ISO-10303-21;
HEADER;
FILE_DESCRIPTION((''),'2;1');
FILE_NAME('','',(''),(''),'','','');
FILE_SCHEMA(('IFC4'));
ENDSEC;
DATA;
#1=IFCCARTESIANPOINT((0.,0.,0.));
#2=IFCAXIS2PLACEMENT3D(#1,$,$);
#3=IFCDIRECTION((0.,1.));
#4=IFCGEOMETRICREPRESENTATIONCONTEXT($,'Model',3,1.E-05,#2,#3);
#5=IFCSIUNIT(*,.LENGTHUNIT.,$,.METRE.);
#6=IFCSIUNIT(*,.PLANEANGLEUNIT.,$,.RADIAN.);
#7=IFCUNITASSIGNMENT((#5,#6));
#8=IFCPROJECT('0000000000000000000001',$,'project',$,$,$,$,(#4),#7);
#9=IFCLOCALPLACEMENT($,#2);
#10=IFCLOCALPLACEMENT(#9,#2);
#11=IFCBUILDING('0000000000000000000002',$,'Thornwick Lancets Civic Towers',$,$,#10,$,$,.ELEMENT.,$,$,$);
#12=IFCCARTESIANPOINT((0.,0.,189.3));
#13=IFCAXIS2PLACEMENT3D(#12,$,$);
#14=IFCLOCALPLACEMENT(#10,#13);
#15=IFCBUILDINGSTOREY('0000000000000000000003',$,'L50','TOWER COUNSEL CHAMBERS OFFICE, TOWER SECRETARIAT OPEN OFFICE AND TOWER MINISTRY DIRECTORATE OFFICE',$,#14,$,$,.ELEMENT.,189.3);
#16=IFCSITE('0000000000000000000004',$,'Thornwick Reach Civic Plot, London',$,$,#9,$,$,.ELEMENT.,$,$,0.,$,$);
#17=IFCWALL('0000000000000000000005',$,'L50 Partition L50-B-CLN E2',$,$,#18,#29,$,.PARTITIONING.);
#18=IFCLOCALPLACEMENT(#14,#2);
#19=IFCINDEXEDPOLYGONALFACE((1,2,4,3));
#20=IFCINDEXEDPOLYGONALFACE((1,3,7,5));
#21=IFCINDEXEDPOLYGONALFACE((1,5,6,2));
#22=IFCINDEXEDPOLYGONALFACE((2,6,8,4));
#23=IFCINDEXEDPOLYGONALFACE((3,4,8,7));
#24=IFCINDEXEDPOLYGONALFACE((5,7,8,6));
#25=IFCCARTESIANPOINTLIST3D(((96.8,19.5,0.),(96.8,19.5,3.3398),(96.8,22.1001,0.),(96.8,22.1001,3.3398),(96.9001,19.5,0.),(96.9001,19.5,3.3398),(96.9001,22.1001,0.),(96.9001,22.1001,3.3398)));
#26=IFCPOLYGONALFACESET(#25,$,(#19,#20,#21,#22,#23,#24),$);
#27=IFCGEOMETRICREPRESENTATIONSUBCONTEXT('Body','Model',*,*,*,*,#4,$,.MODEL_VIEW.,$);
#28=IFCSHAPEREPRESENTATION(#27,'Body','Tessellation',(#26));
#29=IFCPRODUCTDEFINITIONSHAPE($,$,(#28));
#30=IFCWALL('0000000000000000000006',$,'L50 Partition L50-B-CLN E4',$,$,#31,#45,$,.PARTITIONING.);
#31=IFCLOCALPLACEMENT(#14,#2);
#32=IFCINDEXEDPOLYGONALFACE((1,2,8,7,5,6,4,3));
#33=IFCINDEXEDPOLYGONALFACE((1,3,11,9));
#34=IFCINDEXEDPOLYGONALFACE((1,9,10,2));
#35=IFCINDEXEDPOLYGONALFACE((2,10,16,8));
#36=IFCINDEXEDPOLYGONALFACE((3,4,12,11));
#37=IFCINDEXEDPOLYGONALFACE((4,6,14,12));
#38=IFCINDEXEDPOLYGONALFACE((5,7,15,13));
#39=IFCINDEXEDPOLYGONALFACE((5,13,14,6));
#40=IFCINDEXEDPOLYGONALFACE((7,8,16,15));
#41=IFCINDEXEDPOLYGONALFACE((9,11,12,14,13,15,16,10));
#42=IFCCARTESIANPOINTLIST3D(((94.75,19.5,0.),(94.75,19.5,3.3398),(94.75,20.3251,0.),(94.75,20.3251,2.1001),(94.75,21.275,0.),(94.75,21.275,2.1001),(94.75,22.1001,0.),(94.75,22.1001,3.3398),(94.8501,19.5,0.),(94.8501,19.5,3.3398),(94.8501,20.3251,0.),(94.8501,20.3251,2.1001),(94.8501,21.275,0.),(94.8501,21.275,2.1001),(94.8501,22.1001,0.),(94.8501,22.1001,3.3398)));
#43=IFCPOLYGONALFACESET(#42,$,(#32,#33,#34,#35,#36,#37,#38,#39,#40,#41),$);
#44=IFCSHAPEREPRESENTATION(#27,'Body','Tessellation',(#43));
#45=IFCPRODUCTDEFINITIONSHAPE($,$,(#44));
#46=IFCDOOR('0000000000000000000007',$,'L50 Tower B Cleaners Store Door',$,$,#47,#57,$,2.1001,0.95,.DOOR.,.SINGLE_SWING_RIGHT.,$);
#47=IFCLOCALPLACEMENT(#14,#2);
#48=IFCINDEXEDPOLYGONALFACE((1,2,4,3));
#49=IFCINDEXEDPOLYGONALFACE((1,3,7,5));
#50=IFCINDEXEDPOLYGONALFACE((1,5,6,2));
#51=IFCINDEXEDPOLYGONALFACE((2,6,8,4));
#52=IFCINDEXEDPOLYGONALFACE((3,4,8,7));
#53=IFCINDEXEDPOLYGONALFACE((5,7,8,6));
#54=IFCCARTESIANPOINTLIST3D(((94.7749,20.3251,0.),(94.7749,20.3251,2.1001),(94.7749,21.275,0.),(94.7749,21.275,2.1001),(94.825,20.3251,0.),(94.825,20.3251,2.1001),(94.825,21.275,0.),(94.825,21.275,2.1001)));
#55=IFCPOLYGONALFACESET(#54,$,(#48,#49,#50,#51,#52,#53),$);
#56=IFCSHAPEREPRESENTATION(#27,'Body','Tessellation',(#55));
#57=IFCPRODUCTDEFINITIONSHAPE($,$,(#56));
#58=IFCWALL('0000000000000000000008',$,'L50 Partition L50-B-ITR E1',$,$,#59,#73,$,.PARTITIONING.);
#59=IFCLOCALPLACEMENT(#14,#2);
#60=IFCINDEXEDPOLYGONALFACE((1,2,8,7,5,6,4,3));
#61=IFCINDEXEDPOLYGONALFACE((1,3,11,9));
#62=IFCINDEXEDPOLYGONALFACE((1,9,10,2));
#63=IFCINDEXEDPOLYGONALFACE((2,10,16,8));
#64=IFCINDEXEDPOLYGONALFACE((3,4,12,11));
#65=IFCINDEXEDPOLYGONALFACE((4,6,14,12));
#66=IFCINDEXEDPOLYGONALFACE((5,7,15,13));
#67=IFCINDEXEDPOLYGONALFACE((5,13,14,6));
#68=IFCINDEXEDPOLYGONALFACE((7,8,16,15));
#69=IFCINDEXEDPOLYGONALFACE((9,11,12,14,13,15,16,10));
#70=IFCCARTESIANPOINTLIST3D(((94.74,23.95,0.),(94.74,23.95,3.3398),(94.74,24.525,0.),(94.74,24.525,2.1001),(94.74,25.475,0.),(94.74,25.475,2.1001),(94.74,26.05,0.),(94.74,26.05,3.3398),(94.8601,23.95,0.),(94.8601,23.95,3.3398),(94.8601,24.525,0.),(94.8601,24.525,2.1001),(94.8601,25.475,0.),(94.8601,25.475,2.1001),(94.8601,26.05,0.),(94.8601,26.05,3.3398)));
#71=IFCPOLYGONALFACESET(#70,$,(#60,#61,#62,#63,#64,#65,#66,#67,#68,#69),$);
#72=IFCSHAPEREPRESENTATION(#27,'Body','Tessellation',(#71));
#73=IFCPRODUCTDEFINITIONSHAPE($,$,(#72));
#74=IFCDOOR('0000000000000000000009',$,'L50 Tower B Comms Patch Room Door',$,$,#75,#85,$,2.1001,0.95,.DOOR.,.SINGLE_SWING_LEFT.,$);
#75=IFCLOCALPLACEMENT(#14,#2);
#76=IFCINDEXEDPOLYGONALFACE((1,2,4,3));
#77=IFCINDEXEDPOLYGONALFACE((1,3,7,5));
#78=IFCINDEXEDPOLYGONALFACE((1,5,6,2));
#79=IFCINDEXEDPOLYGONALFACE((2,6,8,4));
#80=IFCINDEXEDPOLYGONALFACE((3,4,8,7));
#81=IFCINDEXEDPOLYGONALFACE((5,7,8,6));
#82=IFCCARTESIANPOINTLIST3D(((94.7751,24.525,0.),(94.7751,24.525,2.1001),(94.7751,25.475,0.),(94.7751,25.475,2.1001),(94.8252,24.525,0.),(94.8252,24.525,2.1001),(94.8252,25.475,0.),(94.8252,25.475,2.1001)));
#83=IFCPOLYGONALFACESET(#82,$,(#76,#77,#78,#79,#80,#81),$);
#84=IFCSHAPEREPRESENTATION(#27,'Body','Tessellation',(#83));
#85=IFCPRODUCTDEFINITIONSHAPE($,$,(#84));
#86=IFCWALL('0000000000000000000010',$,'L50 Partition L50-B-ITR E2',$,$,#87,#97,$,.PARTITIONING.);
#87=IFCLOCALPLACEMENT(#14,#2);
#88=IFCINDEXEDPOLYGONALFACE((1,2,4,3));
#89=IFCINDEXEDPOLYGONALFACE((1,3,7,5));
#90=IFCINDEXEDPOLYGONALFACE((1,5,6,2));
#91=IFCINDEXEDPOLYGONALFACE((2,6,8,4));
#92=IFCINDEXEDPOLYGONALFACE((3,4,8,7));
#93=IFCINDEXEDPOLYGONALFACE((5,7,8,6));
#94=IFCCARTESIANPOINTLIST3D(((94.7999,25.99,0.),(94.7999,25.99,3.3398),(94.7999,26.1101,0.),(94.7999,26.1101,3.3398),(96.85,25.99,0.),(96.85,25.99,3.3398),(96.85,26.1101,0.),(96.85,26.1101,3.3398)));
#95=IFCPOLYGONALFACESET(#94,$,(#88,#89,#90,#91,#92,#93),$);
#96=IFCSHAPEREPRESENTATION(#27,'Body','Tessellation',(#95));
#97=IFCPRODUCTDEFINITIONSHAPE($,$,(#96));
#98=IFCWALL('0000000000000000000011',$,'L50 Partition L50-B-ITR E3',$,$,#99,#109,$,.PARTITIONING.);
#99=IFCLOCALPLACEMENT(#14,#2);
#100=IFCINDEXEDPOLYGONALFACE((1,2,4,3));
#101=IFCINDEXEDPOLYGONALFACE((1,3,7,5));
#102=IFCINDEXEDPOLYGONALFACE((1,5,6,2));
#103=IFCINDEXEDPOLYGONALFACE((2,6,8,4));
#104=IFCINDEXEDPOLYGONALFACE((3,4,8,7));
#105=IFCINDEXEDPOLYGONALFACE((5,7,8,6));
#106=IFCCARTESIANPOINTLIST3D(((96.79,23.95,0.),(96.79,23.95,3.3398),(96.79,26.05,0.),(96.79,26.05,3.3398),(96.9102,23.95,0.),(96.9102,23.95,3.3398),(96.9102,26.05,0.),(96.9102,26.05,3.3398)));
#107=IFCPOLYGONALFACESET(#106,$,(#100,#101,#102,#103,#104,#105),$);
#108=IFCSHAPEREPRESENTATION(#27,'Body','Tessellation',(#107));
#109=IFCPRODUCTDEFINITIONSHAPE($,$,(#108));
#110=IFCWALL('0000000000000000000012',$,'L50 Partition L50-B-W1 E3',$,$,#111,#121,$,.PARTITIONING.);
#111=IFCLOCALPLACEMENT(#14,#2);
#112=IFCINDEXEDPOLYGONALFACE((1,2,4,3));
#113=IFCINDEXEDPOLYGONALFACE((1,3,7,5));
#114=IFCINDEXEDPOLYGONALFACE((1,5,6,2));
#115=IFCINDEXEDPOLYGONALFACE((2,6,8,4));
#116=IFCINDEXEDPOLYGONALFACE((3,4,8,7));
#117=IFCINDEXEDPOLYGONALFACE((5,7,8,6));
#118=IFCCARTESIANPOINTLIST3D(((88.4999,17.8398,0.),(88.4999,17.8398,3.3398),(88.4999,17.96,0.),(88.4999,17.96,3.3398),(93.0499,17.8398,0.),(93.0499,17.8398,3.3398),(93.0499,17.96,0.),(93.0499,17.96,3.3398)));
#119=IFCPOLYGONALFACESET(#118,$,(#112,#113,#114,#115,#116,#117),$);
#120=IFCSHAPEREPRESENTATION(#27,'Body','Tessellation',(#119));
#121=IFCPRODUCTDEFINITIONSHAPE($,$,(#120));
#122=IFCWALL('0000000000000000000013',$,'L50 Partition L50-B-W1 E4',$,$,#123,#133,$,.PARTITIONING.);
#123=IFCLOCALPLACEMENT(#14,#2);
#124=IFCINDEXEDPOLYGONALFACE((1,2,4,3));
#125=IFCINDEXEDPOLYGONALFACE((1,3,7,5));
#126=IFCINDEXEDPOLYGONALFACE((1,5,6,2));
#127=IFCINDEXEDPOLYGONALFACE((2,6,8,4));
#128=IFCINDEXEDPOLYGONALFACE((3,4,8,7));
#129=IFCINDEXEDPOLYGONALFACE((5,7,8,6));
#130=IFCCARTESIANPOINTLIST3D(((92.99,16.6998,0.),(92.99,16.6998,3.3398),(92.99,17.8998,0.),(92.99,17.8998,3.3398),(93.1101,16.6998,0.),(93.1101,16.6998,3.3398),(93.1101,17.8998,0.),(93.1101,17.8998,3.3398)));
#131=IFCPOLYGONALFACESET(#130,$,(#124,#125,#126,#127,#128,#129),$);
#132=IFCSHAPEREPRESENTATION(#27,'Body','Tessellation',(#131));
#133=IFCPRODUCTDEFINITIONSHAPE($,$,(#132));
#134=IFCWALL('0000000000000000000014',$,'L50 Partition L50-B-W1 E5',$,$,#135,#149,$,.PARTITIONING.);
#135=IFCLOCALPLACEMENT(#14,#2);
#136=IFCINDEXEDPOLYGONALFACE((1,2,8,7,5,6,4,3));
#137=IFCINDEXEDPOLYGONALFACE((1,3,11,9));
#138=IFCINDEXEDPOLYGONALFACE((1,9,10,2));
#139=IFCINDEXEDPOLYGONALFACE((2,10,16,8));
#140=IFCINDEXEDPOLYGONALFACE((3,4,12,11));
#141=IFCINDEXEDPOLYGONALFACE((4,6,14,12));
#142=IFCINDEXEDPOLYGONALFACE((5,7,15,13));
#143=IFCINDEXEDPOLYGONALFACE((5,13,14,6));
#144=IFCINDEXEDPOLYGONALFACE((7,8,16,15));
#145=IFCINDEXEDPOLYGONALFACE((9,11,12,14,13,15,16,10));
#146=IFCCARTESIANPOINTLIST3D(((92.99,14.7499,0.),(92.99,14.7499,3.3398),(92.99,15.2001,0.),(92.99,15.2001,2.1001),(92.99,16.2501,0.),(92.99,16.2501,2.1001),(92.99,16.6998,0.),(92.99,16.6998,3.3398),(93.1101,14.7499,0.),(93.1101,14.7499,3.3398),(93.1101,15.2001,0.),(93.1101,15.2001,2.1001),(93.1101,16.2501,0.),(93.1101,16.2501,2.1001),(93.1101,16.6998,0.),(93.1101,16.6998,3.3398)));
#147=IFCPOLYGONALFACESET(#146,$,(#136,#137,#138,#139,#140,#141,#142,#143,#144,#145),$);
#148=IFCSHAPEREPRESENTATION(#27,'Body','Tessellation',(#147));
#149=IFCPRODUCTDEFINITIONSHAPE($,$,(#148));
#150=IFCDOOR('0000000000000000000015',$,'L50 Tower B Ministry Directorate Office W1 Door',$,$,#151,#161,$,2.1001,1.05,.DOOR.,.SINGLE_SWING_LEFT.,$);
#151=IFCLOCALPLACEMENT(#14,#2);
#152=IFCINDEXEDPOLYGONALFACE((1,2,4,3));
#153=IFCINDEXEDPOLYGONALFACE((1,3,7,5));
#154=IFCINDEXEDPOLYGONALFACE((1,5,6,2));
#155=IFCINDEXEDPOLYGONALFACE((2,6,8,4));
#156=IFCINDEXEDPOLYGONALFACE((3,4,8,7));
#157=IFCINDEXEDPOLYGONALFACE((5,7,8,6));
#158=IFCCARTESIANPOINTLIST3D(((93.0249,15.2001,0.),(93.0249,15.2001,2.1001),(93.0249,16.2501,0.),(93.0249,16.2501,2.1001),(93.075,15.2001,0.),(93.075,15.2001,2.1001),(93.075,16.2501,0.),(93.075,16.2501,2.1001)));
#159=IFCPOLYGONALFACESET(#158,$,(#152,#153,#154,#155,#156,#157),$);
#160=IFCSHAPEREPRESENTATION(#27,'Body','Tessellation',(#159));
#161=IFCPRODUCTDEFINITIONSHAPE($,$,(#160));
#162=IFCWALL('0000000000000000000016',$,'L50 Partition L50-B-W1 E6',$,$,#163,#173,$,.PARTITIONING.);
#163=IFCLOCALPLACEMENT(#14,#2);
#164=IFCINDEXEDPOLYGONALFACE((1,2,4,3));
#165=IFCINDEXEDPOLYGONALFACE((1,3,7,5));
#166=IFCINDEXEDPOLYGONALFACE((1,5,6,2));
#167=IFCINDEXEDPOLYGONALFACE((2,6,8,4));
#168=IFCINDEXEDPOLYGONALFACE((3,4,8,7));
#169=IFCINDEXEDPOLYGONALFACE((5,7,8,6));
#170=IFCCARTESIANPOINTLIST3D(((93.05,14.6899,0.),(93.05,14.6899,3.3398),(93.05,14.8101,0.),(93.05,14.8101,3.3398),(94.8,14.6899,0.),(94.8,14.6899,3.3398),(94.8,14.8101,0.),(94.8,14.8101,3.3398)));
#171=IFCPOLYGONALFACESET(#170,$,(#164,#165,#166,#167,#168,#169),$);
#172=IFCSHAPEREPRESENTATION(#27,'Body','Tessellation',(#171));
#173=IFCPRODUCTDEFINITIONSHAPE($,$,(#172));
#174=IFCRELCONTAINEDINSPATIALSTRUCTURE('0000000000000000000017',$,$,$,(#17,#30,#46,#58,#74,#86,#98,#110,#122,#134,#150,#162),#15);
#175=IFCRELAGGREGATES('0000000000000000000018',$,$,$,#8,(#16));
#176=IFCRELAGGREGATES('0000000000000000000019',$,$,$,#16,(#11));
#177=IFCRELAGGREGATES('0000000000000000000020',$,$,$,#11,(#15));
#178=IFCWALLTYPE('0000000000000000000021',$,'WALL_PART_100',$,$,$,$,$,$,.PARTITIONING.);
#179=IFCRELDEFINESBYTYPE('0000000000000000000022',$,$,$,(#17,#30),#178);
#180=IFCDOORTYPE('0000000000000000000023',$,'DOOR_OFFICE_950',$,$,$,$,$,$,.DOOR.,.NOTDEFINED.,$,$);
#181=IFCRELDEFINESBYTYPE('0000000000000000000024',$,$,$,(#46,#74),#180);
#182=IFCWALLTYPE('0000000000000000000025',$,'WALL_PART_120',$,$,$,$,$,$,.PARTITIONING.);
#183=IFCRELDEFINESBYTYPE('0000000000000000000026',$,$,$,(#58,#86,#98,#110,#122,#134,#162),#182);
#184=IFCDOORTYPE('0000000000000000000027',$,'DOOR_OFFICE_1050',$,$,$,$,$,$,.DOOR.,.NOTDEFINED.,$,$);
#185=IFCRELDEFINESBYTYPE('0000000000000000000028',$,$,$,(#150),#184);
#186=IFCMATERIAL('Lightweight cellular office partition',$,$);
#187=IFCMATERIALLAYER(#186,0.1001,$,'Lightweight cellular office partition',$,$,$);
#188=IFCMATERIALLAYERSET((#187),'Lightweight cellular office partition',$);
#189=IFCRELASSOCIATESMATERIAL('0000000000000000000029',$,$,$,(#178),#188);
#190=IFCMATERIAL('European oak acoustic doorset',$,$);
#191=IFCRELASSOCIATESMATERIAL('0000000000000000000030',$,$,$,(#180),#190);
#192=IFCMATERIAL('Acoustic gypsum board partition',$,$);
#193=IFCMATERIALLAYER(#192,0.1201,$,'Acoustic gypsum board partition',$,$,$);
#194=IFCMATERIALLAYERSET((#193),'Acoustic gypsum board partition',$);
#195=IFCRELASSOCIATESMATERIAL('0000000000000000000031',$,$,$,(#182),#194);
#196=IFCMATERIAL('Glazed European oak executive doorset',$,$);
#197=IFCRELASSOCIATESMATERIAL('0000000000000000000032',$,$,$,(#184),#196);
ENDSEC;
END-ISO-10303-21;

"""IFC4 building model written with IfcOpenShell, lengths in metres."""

from ifc_helpers import new_model, si_unit, direction, frame, frame_2d, origin, place, context, subcontext, project, spatial, rectangle, extrude, material, layer, layer_set, type_object, element, fill, save


model = new_model("IFC4")

# Units and contexts
model_context = context("Model", 3, precision=1e-05, world=origin(), true_north=direction((0.0, 1.0)))
body_context = subcontext(model_context, "Body", "Model", "MODEL_VIEW")
ifc_project = project(units=[si_unit("LENGTHUNIT", "METRE"), si_unit("PLANEANGLEUNIT", "RADIAN")], contexts=[model_context])

# Site, building, storey
site_placement = place(None, origin())
site = spatial("IfcSite", under=ifc_project, at=site_placement, Name="Thornwick Reach Civic Plot, London", CompositionType="ELEMENT", RefElevation=0.0)
building_placement = place(site_placement, origin())
building = spatial("IfcBuilding", under=site, at=building_placement, Name="Thornwick Lancets Civic Towers", CompositionType="ELEMENT")
storey_placement = place(building_placement, frame((0.0, 0.0, 189.3)))
storey = spatial("IfcBuildingStorey", under=building, at=storey_placement, Name="L50", Description="TOWER COUNSEL CHAMBERS OFFICE, TOWER SECRETARIAT OPEN OFFICE AND TOWER MINISTRY DIRECTORATE OFFICE", CompositionType="ELEMENT", Elevation=189.3)

# Wall
ifc_material_1 = material(Name="Lightweight cellular office partition")
ifc_layer_1 = layer(ifc_material_1, 0.1001, Name="Lightweight cellular office partition")
ifc_layer_set_1 = layer_set([ifc_layer_1], Name="Lightweight cellular office partition")
wall_type_1 = type_object("IfcWallType", Name="WALL_PART_100", PredefinedType="PARTITIONING", material=ifc_layer_set_1)
wall_1_placement = place(storey_placement, frame((96.8501, 19.5, 0.0), z_axis=(0.0, 0.0, 1.0), x_axis=(0.0, 1.0, 0.0)))
element("IfcWall", 1, at=wall_1_placement, inside=storey, type_object=wall_type_1, Name="L50 Partition L50-B-CLN E2", PredefinedType="PARTITIONING", context=body_context, shape_type="SweptSolid", body=[
    extrude(rectangle(XDim=2.6001, YDim=0.1001, at=frame_2d((1.3, 0.0))), origin(), (0.0, 0.0, 1.0), 3.3398),
])

# Walls, openings, doors
wall_2_placement = place(storey_placement, frame((94.8, 22.1001, 0.0), z_axis=(0.0, 0.0, 1.0), x_axis=(0.0, -1.0, 0.0)))
wall_2 = element("IfcWall", 2, at=wall_2_placement, inside=storey, type_object=wall_type_1, Name="L50 Partition L50-B-CLN E4", PredefinedType="PARTITIONING", context=body_context, shape_type="SweptSolid", body=[
    extrude(rectangle(XDim=2.6001, YDim=0.1001, at=frame_2d((1.3, 0.0))), origin(), (0.0, 0.0, 1.0), 3.3398),
])
opening_1_placement = place(wall_2_placement, frame((0.825, 0.0, 0.0)))
opening_1 = element("IfcOpeningElement", 3, at=opening_1_placement, cuts=wall_2, PredefinedType="OPENING", context=body_context, shape_type="SweptSolid", body=[
    extrude(rectangle(XDim=0.95, YDim=2.1001, at=frame_2d((0.4751, 1.05))), frame((0.0, 0.0601, 0.0), z_axis=(0.0, -1.0, 0.0), x_axis=(1.0, 0.0, 0.0)), (0.0, 0.0, 1.0), 0.1201),
])
ifc_material_2 = material(Name="European oak acoustic doorset")
door_type_1 = type_object("IfcDoorType", Name="DOOR_OFFICE_950", OperationType="NOTDEFINED", PredefinedType="DOOR", material=ifc_material_2)
door_1_placement = place(opening_1_placement, origin())
door_1 = element("IfcDoor", 4, at=door_1_placement, inside=storey, type_object=door_type_1, Name="L50 Tower B Cleaners Store Door", OperationType="SINGLE_SWING_RIGHT", OverallHeight=2.1001, OverallWidth=0.95, PredefinedType="DOOR", context=body_context, shape_type="SweptSolid", body=[
    extrude(rectangle(XDim=0.95, YDim=2.1001, at=frame_2d((0.4751, 1.05))), frame((0.0, 0.0249, 0.0), z_axis=(0.0, -1.0, 0.0), x_axis=(1.0, 0.0, 0.0)), (0.0, 0.0, 1.0), 0.05),
])
fill(opening_1, door_1)
ifc_material_3 = material(Name="Acoustic gypsum board partition")
ifc_layer_2 = layer(ifc_material_3, 0.1201, Name="Acoustic gypsum board partition")
ifc_layer_set_2 = layer_set([ifc_layer_2], Name="Acoustic gypsum board partition")
wall_type_2 = type_object("IfcWallType", Name="WALL_PART_120", PredefinedType="PARTITIONING", material=ifc_layer_set_2)
wall_3_placement = place(storey_placement, frame((94.8, 23.95, 0.0), z_axis=(0.0, 0.0, 1.0), x_axis=(0.0, 1.0, 0.0)))
wall_3 = element("IfcWall", 5, at=wall_3_placement, inside=storey, type_object=wall_type_2, Name="L50 Partition L50-B-ITR E1", PredefinedType="PARTITIONING", context=body_context, shape_type="SweptSolid", body=[
    extrude(rectangle(XDim=2.1001, YDim=0.1201, at=frame_2d((1.05, 0.0))), origin(), (0.0, 0.0, 1.0), 3.3398),
])
opening_2_placement = place(wall_3_placement, frame((0.575, 0.0, 0.0)))
opening_2 = element("IfcOpeningElement", 6, at=opening_2_placement, cuts=wall_3, PredefinedType="OPENING", context=body_context, shape_type="SweptSolid", body=[
    extrude(rectangle(XDim=0.95, YDim=2.1001, at=frame_2d((0.4751, 1.05))), frame((0.0, 0.0701, 0.0), z_axis=(0.0, -1.0, 0.0), x_axis=(1.0, 0.0, 0.0)), (0.0, 0.0, 1.0), 0.1401),
])
door_2_placement = place(opening_2_placement, origin())
door_2 = element("IfcDoor", 7, at=door_2_placement, inside=storey, type_object=door_type_1, Name="L50 Tower B Comms Patch Room Door", OperationType="SINGLE_SWING_LEFT", OverallHeight=2.1001, OverallWidth=0.95, PredefinedType="DOOR", context=body_context, shape_type="SweptSolid", body=[
    extrude(rectangle(XDim=0.95, YDim=2.1001, at=frame_2d((0.4751, 1.05))), frame((0.0, 0.0249, 0.0), z_axis=(0.0, -1.0, 0.0), x_axis=(1.0, 0.0, 0.0)), (0.0, 0.0, 1.0), 0.05),
])
fill(opening_2, door_2)

# Walls
wall_4_placement = place(storey_placement, frame((94.8, 26.05, 0.0), z_axis=(0.0, 0.0, 1.0), x_axis=(1.0, 0.0, 0.0)))
element("IfcWall", 8, at=wall_4_placement, inside=storey, type_object=wall_type_2, Name="L50 Partition L50-B-ITR E2", PredefinedType="PARTITIONING", context=body_context, shape_type="SweptSolid", body=[
    extrude(rectangle(XDim=2.05, YDim=0.1201, at=frame_2d((1.0249, 0.0))), origin(), (0.0, 0.0, 1.0), 3.3398),
])
wall_5_placement = place(storey_placement, frame((96.8501, 26.05, 0.0), z_axis=(0.0, 0.0, 1.0), x_axis=(0.0, -1.0, 0.0)))
element("IfcWall", 9, at=wall_5_placement, inside=storey, type_object=wall_type_2, Name="L50 Partition L50-B-ITR E3", PredefinedType="PARTITIONING", context=body_context, shape_type="SweptSolid", body=[
    extrude(rectangle(XDim=2.1001, YDim=0.1201, at=frame_2d((1.05, 0.0))), origin(), (0.0, 0.0, 1.0), 3.3398),
])
wall_6_placement = place(storey_placement, frame((88.5, 17.8999, 0.0), z_axis=(0.0, 0.0, 1.0), x_axis=(1.0, 0.0, 0.0)))
element("IfcWall", 10, at=wall_6_placement, inside=storey, type_object=wall_type_2, Name="L50 Partition L50-B-W1 E3", PredefinedType="PARTITIONING", context=body_context, shape_type="SweptSolid", body=[
    extrude(rectangle(XDim=4.55, YDim=0.1201, at=frame_2d((2.2749, 0.0))), origin(), (0.0, 0.0, 1.0), 3.3398),
])
wall_7_placement = place(storey_placement, frame((93.05, 17.8999, 0.0), z_axis=(0.0, 0.0, 1.0), x_axis=(0.0, -1.0, 0.0)))
element("IfcWall", 11, at=wall_7_placement, inside=storey, type_object=wall_type_2, Name="L50 Partition L50-B-W1 E4", PredefinedType="PARTITIONING", context=body_context, shape_type="SweptSolid", body=[
    extrude(rectangle(XDim=1.2, YDim=0.1201, at=frame_2d((0.6001, 0.0))), origin(), (0.0, 0.0, 1.0), 3.3398),
])

# Wall, opening, door
wall_8_placement = place(storey_placement, frame((93.05, 16.7, 0.0), z_axis=(0.0, 0.0, 1.0), x_axis=(0.0, -1.0, 0.0)))
wall_8 = element("IfcWall", 12, at=wall_8_placement, inside=storey, type_object=wall_type_2, Name="L50 Partition L50-B-W1 E5", PredefinedType="PARTITIONING", context=body_context, shape_type="SweptSolid", body=[
    extrude(rectangle(XDim=1.95, YDim=0.1201, at=frame_2d((0.9751, 0.0))), origin(), (0.0, 0.0, 1.0), 3.3398),
])
opening_3_placement = place(wall_8_placement, frame((0.45, 0.0, 0.0)))
opening_3 = element("IfcOpeningElement", 13, at=opening_3_placement, cuts=wall_8, PredefinedType="OPENING", context=body_context, shape_type="SweptSolid", body=[
    extrude(rectangle(XDim=1.05, YDim=2.1001, at=frame_2d((0.5249, 1.05))), frame((0.0, 0.0701, 0.0), z_axis=(0.0, -1.0, 0.0), x_axis=(1.0, 0.0, 0.0)), (0.0, 0.0, 1.0), 0.1401),
])
ifc_material_4 = material(Name="Glazed European oak executive doorset")
door_type_2 = type_object("IfcDoorType", Name="DOOR_OFFICE_1050", OperationType="NOTDEFINED", PredefinedType="DOOR", material=ifc_material_4)
door_3_placement = place(opening_3_placement, origin())
door_3 = element("IfcDoor", 14, at=door_3_placement, inside=storey, type_object=door_type_2, Name="L50 Tower B Ministry Directorate Office W1 Door", OperationType="SINGLE_SWING_LEFT", OverallHeight=2.1001, OverallWidth=1.05, PredefinedType="DOOR", context=body_context, shape_type="SweptSolid", body=[
    extrude(rectangle(XDim=1.05, YDim=2.1001, at=frame_2d((0.5249, 1.05))), frame((0.0, 0.0249, 0.0), z_axis=(0.0, -1.0, 0.0), x_axis=(1.0, 0.0, 0.0)), (0.0, 0.0, 1.0), 0.05),
])
fill(opening_3, door_3)

# Wall
wall_9_placement = place(storey_placement, frame((93.05, 14.75, 0.0), z_axis=(0.0, 0.0, 1.0), x_axis=(1.0, 0.0, 0.0)))
element("IfcWall", 15, at=wall_9_placement, inside=storey, type_object=wall_type_2, Name="L50 Partition L50-B-W1 E6", PredefinedType="PARTITIONING", context=body_context, shape_type="SweptSolid", body=[
    extrude(rectangle(XDim=1.75, YDim=0.1201, at=frame_2d((0.875, 0.0))), origin(), (0.0, 0.0, 1.0), 3.3398),
])

save(model, "model.ifc")
